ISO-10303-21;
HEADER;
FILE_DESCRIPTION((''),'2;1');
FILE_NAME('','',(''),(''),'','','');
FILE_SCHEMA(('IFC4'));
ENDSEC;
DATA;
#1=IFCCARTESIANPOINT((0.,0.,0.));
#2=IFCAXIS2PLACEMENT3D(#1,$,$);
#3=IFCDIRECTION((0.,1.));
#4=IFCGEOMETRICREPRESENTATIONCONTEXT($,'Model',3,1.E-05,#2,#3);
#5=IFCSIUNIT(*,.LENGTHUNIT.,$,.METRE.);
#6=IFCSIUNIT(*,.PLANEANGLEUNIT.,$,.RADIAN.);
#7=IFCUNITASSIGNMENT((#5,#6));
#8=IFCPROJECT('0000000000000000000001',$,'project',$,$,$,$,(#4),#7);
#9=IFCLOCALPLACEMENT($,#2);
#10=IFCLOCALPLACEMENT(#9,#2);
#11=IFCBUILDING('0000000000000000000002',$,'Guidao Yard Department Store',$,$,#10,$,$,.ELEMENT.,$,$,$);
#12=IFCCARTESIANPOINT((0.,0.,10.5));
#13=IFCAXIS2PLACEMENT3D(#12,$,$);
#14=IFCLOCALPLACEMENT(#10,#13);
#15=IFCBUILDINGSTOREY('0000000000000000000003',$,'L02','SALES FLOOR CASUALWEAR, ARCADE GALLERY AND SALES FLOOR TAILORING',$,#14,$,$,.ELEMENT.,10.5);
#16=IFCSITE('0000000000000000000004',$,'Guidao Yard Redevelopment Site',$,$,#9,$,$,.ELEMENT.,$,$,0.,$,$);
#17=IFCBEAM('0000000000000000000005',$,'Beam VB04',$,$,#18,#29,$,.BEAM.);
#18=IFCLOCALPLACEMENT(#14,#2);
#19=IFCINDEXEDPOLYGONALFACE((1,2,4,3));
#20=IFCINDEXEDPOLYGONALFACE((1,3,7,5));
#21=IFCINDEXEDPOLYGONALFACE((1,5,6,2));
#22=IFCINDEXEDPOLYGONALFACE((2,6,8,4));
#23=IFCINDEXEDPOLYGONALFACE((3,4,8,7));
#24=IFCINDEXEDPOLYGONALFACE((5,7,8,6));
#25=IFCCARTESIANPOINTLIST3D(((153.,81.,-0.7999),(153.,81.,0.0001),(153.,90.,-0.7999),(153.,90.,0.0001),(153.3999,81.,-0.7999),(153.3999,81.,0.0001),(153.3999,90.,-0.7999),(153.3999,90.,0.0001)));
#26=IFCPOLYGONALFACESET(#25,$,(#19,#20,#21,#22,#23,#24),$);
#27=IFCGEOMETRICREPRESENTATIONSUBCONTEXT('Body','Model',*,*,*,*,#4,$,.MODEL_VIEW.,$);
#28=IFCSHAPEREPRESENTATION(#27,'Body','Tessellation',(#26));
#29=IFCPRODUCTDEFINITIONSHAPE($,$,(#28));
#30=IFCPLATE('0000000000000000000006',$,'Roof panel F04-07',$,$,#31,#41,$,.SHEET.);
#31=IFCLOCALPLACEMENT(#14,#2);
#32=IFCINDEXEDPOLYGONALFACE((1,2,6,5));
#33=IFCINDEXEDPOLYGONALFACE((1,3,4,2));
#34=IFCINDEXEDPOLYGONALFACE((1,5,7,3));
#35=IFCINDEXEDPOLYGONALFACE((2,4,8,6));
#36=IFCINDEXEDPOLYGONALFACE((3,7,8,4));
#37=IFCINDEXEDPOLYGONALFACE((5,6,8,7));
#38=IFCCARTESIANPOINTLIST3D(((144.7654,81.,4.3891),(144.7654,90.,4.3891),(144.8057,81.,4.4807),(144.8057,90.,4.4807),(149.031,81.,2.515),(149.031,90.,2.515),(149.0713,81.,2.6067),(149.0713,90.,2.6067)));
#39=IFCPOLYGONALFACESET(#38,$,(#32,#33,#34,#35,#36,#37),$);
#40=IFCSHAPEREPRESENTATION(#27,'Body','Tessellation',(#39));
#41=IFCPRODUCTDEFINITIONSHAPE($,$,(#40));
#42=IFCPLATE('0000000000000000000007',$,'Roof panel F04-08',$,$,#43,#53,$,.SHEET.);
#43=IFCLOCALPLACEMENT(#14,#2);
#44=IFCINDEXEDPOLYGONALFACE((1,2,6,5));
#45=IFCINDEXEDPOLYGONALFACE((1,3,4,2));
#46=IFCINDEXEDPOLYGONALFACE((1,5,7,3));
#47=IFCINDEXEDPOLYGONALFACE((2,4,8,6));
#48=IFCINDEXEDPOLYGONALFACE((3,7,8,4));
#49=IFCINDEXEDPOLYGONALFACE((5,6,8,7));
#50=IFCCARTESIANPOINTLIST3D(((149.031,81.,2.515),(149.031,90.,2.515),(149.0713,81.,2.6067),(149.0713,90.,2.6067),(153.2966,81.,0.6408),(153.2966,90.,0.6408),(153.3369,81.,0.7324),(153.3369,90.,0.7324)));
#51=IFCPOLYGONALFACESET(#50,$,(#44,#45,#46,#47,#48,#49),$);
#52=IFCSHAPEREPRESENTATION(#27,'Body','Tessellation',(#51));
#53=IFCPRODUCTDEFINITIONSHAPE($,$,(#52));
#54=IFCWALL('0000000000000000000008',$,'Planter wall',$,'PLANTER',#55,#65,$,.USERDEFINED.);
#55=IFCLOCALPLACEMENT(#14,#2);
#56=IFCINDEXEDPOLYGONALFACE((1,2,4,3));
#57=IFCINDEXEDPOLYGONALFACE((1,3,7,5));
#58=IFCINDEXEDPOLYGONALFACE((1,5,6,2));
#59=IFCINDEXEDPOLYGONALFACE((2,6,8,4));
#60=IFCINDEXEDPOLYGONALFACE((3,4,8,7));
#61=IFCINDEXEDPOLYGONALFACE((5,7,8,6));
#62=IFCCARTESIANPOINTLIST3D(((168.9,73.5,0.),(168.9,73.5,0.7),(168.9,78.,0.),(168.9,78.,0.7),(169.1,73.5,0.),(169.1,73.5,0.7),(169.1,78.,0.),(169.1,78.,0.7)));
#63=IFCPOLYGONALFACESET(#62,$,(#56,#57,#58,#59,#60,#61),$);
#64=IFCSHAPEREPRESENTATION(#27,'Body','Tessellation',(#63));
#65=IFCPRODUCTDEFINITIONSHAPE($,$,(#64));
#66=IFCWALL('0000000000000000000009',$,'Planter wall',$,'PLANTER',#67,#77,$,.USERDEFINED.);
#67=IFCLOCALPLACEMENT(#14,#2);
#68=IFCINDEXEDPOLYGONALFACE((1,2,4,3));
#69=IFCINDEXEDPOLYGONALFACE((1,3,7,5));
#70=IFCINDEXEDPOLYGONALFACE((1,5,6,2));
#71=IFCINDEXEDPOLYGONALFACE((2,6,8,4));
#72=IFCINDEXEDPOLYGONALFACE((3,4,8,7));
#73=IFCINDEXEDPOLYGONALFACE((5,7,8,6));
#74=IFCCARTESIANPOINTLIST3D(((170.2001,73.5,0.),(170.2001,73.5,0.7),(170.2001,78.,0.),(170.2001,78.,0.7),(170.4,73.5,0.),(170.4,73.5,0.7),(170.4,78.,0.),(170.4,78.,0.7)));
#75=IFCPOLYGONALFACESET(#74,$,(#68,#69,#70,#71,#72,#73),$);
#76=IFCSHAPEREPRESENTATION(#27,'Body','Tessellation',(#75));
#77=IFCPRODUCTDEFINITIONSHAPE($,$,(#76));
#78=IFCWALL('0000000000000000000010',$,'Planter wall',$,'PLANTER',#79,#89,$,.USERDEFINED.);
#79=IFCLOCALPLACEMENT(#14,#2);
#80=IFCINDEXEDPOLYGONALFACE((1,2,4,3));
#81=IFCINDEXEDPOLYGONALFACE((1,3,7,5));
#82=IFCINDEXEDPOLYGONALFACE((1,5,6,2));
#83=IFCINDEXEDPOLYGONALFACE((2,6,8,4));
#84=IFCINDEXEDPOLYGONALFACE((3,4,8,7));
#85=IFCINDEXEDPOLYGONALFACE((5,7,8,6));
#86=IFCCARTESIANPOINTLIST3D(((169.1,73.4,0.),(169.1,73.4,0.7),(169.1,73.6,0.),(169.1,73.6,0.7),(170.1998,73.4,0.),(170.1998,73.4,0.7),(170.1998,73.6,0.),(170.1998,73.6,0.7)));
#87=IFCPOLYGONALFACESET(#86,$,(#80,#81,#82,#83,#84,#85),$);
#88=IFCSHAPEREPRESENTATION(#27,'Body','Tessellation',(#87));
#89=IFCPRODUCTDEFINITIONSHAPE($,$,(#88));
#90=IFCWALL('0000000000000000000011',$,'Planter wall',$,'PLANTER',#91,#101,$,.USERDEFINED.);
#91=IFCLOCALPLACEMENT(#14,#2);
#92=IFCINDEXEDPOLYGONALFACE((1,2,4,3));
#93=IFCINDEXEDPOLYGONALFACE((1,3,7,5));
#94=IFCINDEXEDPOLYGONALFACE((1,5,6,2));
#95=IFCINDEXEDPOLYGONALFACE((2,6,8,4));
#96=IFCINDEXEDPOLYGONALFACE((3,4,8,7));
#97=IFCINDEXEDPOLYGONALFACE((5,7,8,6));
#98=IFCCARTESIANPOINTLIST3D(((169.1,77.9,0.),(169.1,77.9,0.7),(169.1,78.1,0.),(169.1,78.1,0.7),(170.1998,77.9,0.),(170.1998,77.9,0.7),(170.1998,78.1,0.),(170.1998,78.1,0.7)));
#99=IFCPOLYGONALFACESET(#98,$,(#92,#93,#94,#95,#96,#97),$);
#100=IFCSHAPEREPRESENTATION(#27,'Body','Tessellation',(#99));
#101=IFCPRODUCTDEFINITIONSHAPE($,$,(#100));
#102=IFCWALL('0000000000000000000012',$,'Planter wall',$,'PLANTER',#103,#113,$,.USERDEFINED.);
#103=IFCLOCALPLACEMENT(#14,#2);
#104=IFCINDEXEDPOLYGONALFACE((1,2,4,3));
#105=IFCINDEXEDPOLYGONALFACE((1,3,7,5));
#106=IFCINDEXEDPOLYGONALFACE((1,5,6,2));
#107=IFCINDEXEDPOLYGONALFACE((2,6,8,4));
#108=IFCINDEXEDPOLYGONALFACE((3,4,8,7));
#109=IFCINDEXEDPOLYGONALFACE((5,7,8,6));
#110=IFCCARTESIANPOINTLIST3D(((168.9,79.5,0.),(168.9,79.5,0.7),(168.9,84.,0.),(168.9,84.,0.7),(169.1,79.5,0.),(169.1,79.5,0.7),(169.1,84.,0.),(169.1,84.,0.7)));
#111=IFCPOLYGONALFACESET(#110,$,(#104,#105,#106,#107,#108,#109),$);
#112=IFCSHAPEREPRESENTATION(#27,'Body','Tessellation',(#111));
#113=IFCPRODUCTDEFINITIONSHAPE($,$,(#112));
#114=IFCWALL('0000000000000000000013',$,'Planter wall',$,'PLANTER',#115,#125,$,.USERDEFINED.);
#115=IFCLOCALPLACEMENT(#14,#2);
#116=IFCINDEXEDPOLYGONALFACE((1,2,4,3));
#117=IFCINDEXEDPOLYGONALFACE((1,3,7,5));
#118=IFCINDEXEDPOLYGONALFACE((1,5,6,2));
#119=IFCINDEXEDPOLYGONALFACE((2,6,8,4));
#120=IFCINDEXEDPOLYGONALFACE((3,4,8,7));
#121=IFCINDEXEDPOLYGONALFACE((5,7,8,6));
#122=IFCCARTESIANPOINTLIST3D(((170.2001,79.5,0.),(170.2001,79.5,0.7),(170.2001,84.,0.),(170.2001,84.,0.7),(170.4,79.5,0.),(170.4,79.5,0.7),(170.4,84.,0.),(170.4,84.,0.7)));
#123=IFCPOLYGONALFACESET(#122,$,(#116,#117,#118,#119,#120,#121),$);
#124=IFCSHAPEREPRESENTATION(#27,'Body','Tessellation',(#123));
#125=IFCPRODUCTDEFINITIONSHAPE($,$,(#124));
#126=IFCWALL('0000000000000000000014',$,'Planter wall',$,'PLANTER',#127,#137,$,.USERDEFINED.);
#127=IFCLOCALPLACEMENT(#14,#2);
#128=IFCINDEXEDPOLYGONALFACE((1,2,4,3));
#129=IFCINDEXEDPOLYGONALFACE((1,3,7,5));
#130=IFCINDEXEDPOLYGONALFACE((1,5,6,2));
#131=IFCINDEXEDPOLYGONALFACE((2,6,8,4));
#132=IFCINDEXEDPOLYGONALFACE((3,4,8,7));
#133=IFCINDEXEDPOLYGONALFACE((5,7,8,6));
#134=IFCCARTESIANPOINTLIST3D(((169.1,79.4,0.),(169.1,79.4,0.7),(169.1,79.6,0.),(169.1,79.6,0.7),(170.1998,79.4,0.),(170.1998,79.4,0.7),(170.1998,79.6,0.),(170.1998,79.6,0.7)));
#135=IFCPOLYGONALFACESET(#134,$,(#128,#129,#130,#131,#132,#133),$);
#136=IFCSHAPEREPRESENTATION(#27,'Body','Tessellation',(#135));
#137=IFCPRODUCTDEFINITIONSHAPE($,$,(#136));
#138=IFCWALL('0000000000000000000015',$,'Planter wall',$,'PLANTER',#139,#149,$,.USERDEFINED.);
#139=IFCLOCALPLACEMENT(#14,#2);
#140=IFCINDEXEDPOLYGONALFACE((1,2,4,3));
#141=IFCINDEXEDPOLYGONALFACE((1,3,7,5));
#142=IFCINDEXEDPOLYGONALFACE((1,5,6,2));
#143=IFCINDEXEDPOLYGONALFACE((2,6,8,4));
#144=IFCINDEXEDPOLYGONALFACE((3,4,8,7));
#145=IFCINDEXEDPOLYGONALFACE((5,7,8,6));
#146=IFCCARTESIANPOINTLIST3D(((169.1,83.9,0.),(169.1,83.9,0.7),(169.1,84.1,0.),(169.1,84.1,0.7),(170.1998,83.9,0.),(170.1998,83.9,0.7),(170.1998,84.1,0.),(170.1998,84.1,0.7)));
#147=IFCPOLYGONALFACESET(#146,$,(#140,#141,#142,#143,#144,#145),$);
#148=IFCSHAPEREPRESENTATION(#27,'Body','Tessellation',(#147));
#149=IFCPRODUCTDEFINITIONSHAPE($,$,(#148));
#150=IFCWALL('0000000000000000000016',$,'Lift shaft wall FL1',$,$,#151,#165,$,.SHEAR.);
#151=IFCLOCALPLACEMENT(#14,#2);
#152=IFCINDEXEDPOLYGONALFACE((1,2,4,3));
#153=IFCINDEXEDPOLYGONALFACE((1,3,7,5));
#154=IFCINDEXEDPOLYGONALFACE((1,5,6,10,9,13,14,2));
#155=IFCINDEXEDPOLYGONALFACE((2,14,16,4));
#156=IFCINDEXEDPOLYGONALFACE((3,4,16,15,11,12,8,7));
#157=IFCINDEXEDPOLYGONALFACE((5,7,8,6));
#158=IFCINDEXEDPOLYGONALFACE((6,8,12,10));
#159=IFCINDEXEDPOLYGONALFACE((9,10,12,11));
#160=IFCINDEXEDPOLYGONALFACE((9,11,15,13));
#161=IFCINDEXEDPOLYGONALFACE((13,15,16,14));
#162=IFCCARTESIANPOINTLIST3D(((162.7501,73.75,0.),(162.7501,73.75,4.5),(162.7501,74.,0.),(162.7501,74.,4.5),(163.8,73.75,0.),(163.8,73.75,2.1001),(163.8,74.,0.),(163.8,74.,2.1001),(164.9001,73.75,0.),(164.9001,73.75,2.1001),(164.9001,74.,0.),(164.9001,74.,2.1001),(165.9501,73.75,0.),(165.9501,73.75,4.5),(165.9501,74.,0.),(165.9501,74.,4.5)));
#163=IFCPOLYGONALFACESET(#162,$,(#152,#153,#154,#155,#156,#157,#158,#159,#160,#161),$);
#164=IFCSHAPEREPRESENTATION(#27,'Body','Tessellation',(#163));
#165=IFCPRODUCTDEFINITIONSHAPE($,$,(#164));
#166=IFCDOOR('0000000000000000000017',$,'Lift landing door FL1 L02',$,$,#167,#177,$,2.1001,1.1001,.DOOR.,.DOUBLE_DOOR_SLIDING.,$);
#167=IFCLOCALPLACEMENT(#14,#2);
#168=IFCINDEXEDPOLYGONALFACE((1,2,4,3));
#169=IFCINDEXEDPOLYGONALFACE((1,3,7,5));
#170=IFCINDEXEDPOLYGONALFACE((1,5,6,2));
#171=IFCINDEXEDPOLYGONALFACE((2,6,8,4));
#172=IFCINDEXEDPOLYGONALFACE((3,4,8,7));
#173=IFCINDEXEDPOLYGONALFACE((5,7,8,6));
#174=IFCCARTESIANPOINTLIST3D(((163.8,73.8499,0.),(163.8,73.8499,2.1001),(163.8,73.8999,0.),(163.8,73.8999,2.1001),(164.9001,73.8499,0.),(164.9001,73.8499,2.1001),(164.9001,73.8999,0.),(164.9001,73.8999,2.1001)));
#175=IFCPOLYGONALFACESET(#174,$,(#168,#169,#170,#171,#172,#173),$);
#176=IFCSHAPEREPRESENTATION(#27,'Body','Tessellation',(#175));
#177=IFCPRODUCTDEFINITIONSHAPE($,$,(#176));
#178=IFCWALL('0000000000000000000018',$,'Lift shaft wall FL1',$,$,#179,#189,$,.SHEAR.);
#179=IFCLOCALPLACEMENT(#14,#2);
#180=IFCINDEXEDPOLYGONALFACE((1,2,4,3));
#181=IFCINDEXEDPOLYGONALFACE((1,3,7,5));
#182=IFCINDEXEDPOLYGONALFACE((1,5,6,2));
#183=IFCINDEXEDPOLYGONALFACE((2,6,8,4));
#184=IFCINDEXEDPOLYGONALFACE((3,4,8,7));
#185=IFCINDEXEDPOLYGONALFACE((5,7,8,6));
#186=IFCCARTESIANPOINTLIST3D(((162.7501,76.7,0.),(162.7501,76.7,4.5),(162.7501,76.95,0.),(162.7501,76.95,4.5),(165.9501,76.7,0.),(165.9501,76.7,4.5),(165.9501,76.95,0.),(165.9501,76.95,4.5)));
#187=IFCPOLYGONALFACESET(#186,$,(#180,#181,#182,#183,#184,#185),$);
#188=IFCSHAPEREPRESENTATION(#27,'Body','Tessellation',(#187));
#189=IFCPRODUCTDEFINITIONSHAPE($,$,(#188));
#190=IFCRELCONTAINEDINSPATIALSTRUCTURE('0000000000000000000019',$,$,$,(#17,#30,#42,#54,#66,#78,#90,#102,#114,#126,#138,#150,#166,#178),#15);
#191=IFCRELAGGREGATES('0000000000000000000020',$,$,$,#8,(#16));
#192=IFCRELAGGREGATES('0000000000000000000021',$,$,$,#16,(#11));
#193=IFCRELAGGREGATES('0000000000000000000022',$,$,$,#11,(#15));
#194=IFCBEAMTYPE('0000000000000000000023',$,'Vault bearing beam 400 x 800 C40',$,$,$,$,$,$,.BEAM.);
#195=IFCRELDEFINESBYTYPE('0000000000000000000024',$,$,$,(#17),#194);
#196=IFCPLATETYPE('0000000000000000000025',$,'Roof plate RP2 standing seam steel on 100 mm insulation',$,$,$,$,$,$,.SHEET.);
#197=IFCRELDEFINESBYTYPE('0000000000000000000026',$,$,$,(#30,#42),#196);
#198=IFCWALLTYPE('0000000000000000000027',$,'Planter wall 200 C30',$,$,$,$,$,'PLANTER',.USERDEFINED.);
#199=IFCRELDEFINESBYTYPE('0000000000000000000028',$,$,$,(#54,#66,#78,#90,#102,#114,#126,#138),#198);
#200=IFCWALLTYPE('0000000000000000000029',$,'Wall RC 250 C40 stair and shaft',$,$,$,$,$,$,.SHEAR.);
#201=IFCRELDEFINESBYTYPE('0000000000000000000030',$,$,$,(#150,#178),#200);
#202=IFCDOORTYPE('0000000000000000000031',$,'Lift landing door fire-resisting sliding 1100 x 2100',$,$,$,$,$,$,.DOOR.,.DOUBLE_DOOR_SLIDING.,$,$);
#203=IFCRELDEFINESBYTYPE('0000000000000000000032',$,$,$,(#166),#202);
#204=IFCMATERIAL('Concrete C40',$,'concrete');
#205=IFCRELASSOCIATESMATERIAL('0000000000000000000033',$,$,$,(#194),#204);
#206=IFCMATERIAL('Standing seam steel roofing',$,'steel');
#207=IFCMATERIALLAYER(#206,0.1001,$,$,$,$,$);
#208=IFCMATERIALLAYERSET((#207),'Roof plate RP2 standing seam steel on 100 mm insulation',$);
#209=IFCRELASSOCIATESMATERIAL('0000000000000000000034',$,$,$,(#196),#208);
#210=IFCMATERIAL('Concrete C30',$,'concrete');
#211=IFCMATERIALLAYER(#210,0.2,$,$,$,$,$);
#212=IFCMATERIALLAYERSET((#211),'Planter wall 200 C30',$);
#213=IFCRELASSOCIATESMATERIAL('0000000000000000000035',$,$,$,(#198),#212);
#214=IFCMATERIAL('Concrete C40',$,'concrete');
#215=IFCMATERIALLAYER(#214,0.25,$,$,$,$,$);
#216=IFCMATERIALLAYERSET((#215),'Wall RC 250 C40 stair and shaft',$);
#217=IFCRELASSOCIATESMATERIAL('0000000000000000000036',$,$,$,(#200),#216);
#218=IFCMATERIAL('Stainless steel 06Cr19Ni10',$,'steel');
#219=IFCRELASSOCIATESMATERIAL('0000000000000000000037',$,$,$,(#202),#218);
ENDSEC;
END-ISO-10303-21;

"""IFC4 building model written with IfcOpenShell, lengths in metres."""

from ifc_helpers import new_model, si_unit, direction, frame, frame_2d, origin, origin_2d, place, context, subcontext, project, spatial, polyline, rectangle, outline, extrude, material, layer, layer_set, material_profile, profile_set, type_object, element, fill, save


model = new_model("IFC4")

# Units and contexts
model_context = context("Model", 3, precision=1e-05, world=origin(), true_north=direction((0.0, 1.0)))
body_context = subcontext(model_context, "Body", "Model", "MODEL_VIEW")
ifc_project = project(units=[si_unit("LENGTHUNIT", "METRE"), si_unit("PLANEANGLEUNIT", "RADIAN")], contexts=[model_context])

# Site, building, storey
site_placement = place(None, origin())
site = spatial("IfcSite", under=ifc_project, at=site_placement, Name="Guidao Yard Redevelopment Site", CompositionType="ELEMENT", RefElevation=0.0)
building_placement = place(site_placement, origin())
building = spatial("IfcBuilding", under=site, at=building_placement, Name="Guidao Yard Department Store", CompositionType="ELEMENT")
storey_placement = place(building_placement, frame((0.0, 0.0, 10.5)))
storey = spatial("IfcBuildingStorey", under=building, at=storey_placement, Name="L02", Description="SALES FLOOR CASUALWEAR, ARCADE GALLERY AND SALES FLOOR TAILORING", CompositionType="ELEMENT", Elevation=10.5)

# Beam
ifc_material_1 = material(Name="Concrete C40", Category="concrete")
ifc_material_profile_1 = material_profile(ifc_material_1, rectangle(XDim=0.3999, YDim=0.8, at=origin_2d()), Name="Vault bearing beam 400 x 800 C40")
ifc_profile_set_1 = profile_set([ifc_material_profile_1], Name="Concrete C40")
beam_type_1 = type_object("IfcBeamType", Name="Vault bearing beam 400 x 800 C40", PredefinedType="BEAM", material=ifc_profile_set_1)
beam_1_placement = place(storey_placement, frame((153.2, 81.0, -0.3999), z_axis=(0.0, 1.0, 0.0), x_axis=(-1.0, 0.0, 0.0)))
element("IfcBeam", 1, at=beam_1_placement, inside=storey, type_object=beam_type_1, Name="Beam VB04", PredefinedType="BEAM", context=body_context, shape_type="SweptSolid", body=[
    extrude(rectangle(XDim=0.3999, YDim=0.8, at=origin_2d()), origin(), (0.0, 0.0, 1.0), 9.0),
])

# Plates
ifc_material_2 = material(Name="Standing seam steel roofing", Category="steel")
ifc_layer_1 = layer(ifc_material_2, 0.1001)
ifc_layer_set_1 = layer_set([ifc_layer_1], Name="Roof plate RP2 standing seam steel on 100 mm insulation")
plate_type = type_object("IfcPlateType", Name="Roof plate RP2 standing seam steel on 100 mm insulation", PredefinedType="SHEET", material=ifc_layer_set_1)
plate_1_placement = place(storey_placement, frame((144.8057, 81.0, 4.4807), z_axis=(0.402226, 0.0, 0.915541), x_axis=(0.915541, 0.0, -0.402226)))
element("IfcPlate", 2, at=plate_1_placement, inside=storey, type_object=plate_type, Name="Roof panel F04-07", PredefinedType="SHEET", context=body_context, shape_type="SweptSolid", body=[
    extrude(outline(polyline([(0.0, 0.0), (4.6591, 0.0), (4.6591, 9.0), (0.0, 9.0), (0.0, 0.0)])), origin(), (0.0, 0.0, -1.0), 0.1001),
])
plate_2_placement = place(storey_placement, frame((149.0713, 81.0, 2.6067), z_axis=(0.40227, 0.0, 0.915521), x_axis=(0.915521, 0.0, -0.40227)))
element("IfcPlate", 3, at=plate_2_placement, inside=storey, type_object=plate_type, Name="Roof panel F04-08", PredefinedType="SHEET", context=body_context, shape_type="SweptSolid", body=[
    extrude(outline(polyline([(0.0, 0.0), (4.6592, 0.0), (4.6592, 9.0), (0.0, 9.0), (0.0, 0.0)])), origin(), (0.0, 0.0, -1.0), 0.1001),
])

# Walls
ifc_material_3 = material(Name="Concrete C30", Category="concrete")
ifc_layer_2 = layer(ifc_material_3, 0.2)
ifc_layer_set_2 = layer_set([ifc_layer_2], Name="Planter wall 200 C30")
wall_type_1 = type_object("IfcWallType", Name="Planter wall 200 C30", ElementType="PLANTER", PredefinedType="USERDEFINED", material=ifc_layer_set_2)
for number, where, z_axis, x_axis, name in (
    (4, (169.0, 73.5, 0.0), (0.0, 0.0, 1.0), (0.0, 1.0, 0.0), "Planter wall"),
    (5, (170.3, 73.5, 0.0), (0.0, 0.0, 1.0), (0.0, 1.0, 0.0), "Planter wall"),
):
    element("IfcWall", number, at=place(storey_placement, frame(where, z_axis=z_axis, x_axis=x_axis)), inside=storey, type_object=wall_type_1, Name=name, ObjectType="PLANTER", PredefinedType="USERDEFINED", context=body_context, shape_type="SweptSolid", body=[
        extrude(rectangle(XDim=4.5, YDim=0.2, at=frame_2d((2.25, 0.0))), origin(), (0.0, 0.0, 1.0), 0.7),
    ])
for number, where, z_axis, x_axis, name in (
    (6, (169.1001, 73.5, 0.0), (0.0, 0.0, 1.0), (1.0, 0.0, 0.0), "Planter wall"),
    (7, (169.1001, 78.0, 0.0), (0.0, 0.0, 1.0), (1.0, 0.0, 0.0), "Planter wall"),
):
    element("IfcWall", number, at=place(storey_placement, frame(where, z_axis=z_axis, x_axis=x_axis)), inside=storey, type_object=wall_type_1, Name=name, ObjectType="PLANTER", PredefinedType="USERDEFINED", context=body_context, shape_type="SweptSolid", body=[
        extrude(rectangle(XDim=1.0999, YDim=0.2, at=frame_2d((0.5498, 0.0))), origin(), (0.0, 0.0, 1.0), 0.7),
    ])
for number, where, z_axis, x_axis, name in (
    (8, (169.0, 79.5, 0.0), (0.0, 0.0, 1.0), (0.0, 1.0, 0.0), "Planter wall"),
    (9, (170.3, 79.5, 0.0), (0.0, 0.0, 1.0), (0.0, 1.0, 0.0), "Planter wall"),
):
    element("IfcWall", number, at=place(storey_placement, frame(where, z_axis=z_axis, x_axis=x_axis)), inside=storey, type_object=wall_type_1, Name=name, ObjectType="PLANTER", PredefinedType="USERDEFINED", context=body_context, shape_type="SweptSolid", body=[
        extrude(rectangle(XDim=4.5, YDim=0.2, at=frame_2d((2.25, 0.0))), origin(), (0.0, 0.0, 1.0), 0.7),
    ])
for number, where, z_axis, x_axis, name in (
    (10, (169.1001, 79.5, 0.0), (0.0, 0.0, 1.0), (1.0, 0.0, 0.0), "Planter wall"),
    (11, (169.1001, 84.0, 0.0), (0.0, 0.0, 1.0), (1.0, 0.0, 0.0), "Planter wall"),
):
    element("IfcWall", number, at=place(storey_placement, frame(where, z_axis=z_axis, x_axis=x_axis)), inside=storey, type_object=wall_type_1, Name=name, ObjectType="PLANTER", PredefinedType="USERDEFINED", context=body_context, shape_type="SweptSolid", body=[
        extrude(rectangle(XDim=1.0999, YDim=0.2, at=frame_2d((0.5498, 0.0))), origin(), (0.0, 0.0, 1.0), 0.7),
    ])

# Wall, opening, door
ifc_material_4 = material(Name="Concrete C40", Category="concrete")
ifc_layer_3 = layer(ifc_material_4, 0.25)
ifc_layer_set_3 = layer_set([ifc_layer_3], Name="Wall RC 250 C40 stair and shaft")
wall_type_2 = type_object("IfcWallType", Name="Wall RC 250 C40 stair and shaft", PredefinedType="SHEAR", material=ifc_layer_set_3)
wall_1_placement = place(storey_placement, frame((162.75, 73.875, 0.0), z_axis=(0.0, 0.0, 1.0), x_axis=(1.0, 0.0, 0.0)))
wall_1 = element("IfcWall", 12, at=wall_1_placement, inside=storey, type_object=wall_type_2, Name="Lift shaft wall FL1", PredefinedType="SHEAR", context=body_context, shape_type="SweptSolid", body=[
    extrude(rectangle(XDim=3.2, YDim=0.25, at=frame_2d((1.6001, 0.0))), origin(), (0.0, 0.0, 1.0), 4.5),
])
opening_placement = place(wall_1_placement, frame((1.05, 0.0, 0.0)))
opening = element("IfcOpeningElement", 13, at=opening_placement, cuts=wall_1, PredefinedType="OPENING", context=body_context, shape_type="SweptSolid", body=[
    extrude(rectangle(XDim=1.1001, YDim=2.1001, at=frame_2d((0.55, 1.05))), frame((0.0, 0.135, 0.0), z_axis=(0.0, -1.0, 0.0), x_axis=(1.0, 0.0, 0.0)), (0.0, 0.0, 1.0), 0.27),
])
ifc_material_5 = material(Name="Stainless steel 06Cr19Ni10", Category="steel")
door_type = type_object("IfcDoorType", Name="Lift landing door fire-resisting sliding 1100 x 2100", OperationType="DOUBLE_DOOR_SLIDING", PredefinedType="DOOR", material=ifc_material_5)
door_placement = place(opening_placement, origin())
door = element("IfcDoor", 14, at=door_placement, inside=storey, type_object=door_type, Name="Lift landing door FL1 L02", OperationType="DOUBLE_DOOR_SLIDING", OverallHeight=2.1001, OverallWidth=1.1001, PredefinedType="DOOR", context=body_context, shape_type="SweptSolid", body=[
    extrude(rectangle(XDim=1.1001, YDim=2.1001, at=frame_2d((0.55, 1.05))), frame((0.0, 0.0249, 0.0), z_axis=(0.0, -1.0, 0.0), x_axis=(1.0, 0.0, 0.0)), (0.0, 0.0, 1.0), 0.05),
])
fill(opening, door)

# Wall
wall_2_placement = place(storey_placement, frame((162.75, 76.825, 0.0), z_axis=(0.0, 0.0, 1.0), x_axis=(1.0, 0.0, 0.0)))
element("IfcWall", 15, at=wall_2_placement, inside=storey, type_object=wall_type_2, Name="Lift shaft wall FL1", PredefinedType="SHEAR", context=body_context, shape_type="SweptSolid", body=[
    extrude(rectangle(XDim=3.2, YDim=0.25, at=frame_2d((1.6001, 0.0))), origin(), (0.0, 0.0, 1.0), 4.5),
])

save(model, "model.ifc")
